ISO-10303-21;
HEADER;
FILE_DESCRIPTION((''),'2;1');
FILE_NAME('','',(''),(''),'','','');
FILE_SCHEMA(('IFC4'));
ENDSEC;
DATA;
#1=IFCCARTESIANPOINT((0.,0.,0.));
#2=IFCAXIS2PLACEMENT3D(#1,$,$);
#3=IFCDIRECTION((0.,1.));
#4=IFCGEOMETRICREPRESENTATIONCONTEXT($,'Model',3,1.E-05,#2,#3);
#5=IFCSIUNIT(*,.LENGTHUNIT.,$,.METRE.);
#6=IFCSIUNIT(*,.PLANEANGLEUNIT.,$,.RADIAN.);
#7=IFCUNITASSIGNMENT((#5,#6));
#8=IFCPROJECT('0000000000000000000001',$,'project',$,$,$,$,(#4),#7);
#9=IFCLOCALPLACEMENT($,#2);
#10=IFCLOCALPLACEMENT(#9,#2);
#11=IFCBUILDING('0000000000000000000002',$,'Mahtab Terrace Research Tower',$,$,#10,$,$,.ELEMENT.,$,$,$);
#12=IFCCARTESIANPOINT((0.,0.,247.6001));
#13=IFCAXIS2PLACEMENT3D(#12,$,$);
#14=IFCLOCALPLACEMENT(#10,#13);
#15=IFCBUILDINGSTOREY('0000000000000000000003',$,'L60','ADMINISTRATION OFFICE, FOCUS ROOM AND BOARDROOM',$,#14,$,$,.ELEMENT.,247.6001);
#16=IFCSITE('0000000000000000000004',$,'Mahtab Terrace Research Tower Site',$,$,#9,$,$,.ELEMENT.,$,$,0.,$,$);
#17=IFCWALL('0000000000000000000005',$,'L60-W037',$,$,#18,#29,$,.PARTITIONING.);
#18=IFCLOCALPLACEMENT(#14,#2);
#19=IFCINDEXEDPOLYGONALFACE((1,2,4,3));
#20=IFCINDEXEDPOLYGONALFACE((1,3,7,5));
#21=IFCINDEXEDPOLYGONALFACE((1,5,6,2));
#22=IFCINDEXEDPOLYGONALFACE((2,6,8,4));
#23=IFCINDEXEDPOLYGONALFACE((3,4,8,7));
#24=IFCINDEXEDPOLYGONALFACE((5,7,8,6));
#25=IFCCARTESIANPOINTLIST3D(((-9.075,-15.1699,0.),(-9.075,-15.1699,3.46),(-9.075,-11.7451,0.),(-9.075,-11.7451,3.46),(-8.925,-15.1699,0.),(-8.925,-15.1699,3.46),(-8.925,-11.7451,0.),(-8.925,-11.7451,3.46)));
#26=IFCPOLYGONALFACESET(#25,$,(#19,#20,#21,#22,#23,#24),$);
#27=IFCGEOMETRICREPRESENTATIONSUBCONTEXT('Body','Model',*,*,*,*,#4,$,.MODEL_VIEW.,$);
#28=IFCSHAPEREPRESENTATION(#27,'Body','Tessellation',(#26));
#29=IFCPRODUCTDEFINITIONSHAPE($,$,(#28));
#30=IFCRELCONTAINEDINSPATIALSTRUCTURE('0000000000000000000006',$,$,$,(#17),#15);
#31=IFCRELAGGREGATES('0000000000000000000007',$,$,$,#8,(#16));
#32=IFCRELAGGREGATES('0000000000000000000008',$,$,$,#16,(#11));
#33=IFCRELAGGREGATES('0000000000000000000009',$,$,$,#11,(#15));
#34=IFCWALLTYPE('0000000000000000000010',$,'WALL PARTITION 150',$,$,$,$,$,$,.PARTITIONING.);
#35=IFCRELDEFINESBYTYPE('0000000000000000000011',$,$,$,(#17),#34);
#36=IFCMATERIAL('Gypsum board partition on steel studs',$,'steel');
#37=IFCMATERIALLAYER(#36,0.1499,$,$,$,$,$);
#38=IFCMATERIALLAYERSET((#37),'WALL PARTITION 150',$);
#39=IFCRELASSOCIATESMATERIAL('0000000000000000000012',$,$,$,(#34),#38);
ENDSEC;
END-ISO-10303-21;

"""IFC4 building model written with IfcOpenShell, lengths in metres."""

from ifc_helpers import new_model, si_unit, direction, frame, frame_2d, origin, place, context, subcontext, project, spatial, rectangle, extrude, material, layer, layer_set, type_object, element, save


model = new_model("IFC4")

# Units and contexts
model_context = context("Model", 3, precision=1e-05, world=origin(), true_north=direction((0.0, 1.0)))
body_context = subcontext(model_context, "Body", "Model", "MODEL_VIEW")
ifc_project = project(units=[si_unit("LENGTHUNIT", "METRE"), si_unit("PLANEANGLEUNIT", "RADIAN")], contexts=[model_context])

# Site, building, storey
site_placement = place(None, origin())
site = spatial("IfcSite", under=ifc_project, at=site_placement, Name="Mahtab Terrace Research Tower Site", CompositionType="ELEMENT", RefElevation=0.0)
building_placement = place(site_placement, origin())
building = spatial("IfcBuilding", under=site, at=building_placement, Name="Mahtab Terrace Research Tower", CompositionType="ELEMENT")
storey_placement = place(building_placement, frame((0.0, 0.0, 247.6001)))
storey = spatial("IfcBuildingStorey", under=building, at=storey_placement, Name="L60", Description="ADMINISTRATION OFFICE, FOCUS ROOM AND BOARDROOM", CompositionType="ELEMENT", Elevation=247.6001)

# Wall
ifc_material_1 = material(Name="Gypsum board partition on steel studs", Category="steel")
ifc_layer_1 = layer(ifc_material_1, 0.1499)
ifc_layer_set_1 = layer_set([ifc_layer_1], Name="WALL PARTITION 150")
wall_type_1 = type_object("IfcWallType", Name="WALL PARTITION 150", PredefinedType="PARTITIONING", material=ifc_layer_set_1)
for number, where, z_axis, x_axis, name in (
    (1, (-9.0, -15.1699, 0.0), (0.0, 0.0, 1.0), (0.0, 1.0, 0.0), "L60-W037"),
):
    element("IfcWall", number, at=place(storey_placement, frame(where, z_axis=z_axis, x_axis=x_axis)), inside=storey, type_object=wall_type_1, Name=name, PredefinedType="PARTITIONING", context=body_context, shape_type="SweptSolid", body=[
        extrude(rectangle(XDim=3.4248, YDim=0.1499, at=frame_2d((1.7124, 0.0))), origin(), (0.0, 0.0, 1.0), 3.46),
    ])

save(model, "model.ifc")
